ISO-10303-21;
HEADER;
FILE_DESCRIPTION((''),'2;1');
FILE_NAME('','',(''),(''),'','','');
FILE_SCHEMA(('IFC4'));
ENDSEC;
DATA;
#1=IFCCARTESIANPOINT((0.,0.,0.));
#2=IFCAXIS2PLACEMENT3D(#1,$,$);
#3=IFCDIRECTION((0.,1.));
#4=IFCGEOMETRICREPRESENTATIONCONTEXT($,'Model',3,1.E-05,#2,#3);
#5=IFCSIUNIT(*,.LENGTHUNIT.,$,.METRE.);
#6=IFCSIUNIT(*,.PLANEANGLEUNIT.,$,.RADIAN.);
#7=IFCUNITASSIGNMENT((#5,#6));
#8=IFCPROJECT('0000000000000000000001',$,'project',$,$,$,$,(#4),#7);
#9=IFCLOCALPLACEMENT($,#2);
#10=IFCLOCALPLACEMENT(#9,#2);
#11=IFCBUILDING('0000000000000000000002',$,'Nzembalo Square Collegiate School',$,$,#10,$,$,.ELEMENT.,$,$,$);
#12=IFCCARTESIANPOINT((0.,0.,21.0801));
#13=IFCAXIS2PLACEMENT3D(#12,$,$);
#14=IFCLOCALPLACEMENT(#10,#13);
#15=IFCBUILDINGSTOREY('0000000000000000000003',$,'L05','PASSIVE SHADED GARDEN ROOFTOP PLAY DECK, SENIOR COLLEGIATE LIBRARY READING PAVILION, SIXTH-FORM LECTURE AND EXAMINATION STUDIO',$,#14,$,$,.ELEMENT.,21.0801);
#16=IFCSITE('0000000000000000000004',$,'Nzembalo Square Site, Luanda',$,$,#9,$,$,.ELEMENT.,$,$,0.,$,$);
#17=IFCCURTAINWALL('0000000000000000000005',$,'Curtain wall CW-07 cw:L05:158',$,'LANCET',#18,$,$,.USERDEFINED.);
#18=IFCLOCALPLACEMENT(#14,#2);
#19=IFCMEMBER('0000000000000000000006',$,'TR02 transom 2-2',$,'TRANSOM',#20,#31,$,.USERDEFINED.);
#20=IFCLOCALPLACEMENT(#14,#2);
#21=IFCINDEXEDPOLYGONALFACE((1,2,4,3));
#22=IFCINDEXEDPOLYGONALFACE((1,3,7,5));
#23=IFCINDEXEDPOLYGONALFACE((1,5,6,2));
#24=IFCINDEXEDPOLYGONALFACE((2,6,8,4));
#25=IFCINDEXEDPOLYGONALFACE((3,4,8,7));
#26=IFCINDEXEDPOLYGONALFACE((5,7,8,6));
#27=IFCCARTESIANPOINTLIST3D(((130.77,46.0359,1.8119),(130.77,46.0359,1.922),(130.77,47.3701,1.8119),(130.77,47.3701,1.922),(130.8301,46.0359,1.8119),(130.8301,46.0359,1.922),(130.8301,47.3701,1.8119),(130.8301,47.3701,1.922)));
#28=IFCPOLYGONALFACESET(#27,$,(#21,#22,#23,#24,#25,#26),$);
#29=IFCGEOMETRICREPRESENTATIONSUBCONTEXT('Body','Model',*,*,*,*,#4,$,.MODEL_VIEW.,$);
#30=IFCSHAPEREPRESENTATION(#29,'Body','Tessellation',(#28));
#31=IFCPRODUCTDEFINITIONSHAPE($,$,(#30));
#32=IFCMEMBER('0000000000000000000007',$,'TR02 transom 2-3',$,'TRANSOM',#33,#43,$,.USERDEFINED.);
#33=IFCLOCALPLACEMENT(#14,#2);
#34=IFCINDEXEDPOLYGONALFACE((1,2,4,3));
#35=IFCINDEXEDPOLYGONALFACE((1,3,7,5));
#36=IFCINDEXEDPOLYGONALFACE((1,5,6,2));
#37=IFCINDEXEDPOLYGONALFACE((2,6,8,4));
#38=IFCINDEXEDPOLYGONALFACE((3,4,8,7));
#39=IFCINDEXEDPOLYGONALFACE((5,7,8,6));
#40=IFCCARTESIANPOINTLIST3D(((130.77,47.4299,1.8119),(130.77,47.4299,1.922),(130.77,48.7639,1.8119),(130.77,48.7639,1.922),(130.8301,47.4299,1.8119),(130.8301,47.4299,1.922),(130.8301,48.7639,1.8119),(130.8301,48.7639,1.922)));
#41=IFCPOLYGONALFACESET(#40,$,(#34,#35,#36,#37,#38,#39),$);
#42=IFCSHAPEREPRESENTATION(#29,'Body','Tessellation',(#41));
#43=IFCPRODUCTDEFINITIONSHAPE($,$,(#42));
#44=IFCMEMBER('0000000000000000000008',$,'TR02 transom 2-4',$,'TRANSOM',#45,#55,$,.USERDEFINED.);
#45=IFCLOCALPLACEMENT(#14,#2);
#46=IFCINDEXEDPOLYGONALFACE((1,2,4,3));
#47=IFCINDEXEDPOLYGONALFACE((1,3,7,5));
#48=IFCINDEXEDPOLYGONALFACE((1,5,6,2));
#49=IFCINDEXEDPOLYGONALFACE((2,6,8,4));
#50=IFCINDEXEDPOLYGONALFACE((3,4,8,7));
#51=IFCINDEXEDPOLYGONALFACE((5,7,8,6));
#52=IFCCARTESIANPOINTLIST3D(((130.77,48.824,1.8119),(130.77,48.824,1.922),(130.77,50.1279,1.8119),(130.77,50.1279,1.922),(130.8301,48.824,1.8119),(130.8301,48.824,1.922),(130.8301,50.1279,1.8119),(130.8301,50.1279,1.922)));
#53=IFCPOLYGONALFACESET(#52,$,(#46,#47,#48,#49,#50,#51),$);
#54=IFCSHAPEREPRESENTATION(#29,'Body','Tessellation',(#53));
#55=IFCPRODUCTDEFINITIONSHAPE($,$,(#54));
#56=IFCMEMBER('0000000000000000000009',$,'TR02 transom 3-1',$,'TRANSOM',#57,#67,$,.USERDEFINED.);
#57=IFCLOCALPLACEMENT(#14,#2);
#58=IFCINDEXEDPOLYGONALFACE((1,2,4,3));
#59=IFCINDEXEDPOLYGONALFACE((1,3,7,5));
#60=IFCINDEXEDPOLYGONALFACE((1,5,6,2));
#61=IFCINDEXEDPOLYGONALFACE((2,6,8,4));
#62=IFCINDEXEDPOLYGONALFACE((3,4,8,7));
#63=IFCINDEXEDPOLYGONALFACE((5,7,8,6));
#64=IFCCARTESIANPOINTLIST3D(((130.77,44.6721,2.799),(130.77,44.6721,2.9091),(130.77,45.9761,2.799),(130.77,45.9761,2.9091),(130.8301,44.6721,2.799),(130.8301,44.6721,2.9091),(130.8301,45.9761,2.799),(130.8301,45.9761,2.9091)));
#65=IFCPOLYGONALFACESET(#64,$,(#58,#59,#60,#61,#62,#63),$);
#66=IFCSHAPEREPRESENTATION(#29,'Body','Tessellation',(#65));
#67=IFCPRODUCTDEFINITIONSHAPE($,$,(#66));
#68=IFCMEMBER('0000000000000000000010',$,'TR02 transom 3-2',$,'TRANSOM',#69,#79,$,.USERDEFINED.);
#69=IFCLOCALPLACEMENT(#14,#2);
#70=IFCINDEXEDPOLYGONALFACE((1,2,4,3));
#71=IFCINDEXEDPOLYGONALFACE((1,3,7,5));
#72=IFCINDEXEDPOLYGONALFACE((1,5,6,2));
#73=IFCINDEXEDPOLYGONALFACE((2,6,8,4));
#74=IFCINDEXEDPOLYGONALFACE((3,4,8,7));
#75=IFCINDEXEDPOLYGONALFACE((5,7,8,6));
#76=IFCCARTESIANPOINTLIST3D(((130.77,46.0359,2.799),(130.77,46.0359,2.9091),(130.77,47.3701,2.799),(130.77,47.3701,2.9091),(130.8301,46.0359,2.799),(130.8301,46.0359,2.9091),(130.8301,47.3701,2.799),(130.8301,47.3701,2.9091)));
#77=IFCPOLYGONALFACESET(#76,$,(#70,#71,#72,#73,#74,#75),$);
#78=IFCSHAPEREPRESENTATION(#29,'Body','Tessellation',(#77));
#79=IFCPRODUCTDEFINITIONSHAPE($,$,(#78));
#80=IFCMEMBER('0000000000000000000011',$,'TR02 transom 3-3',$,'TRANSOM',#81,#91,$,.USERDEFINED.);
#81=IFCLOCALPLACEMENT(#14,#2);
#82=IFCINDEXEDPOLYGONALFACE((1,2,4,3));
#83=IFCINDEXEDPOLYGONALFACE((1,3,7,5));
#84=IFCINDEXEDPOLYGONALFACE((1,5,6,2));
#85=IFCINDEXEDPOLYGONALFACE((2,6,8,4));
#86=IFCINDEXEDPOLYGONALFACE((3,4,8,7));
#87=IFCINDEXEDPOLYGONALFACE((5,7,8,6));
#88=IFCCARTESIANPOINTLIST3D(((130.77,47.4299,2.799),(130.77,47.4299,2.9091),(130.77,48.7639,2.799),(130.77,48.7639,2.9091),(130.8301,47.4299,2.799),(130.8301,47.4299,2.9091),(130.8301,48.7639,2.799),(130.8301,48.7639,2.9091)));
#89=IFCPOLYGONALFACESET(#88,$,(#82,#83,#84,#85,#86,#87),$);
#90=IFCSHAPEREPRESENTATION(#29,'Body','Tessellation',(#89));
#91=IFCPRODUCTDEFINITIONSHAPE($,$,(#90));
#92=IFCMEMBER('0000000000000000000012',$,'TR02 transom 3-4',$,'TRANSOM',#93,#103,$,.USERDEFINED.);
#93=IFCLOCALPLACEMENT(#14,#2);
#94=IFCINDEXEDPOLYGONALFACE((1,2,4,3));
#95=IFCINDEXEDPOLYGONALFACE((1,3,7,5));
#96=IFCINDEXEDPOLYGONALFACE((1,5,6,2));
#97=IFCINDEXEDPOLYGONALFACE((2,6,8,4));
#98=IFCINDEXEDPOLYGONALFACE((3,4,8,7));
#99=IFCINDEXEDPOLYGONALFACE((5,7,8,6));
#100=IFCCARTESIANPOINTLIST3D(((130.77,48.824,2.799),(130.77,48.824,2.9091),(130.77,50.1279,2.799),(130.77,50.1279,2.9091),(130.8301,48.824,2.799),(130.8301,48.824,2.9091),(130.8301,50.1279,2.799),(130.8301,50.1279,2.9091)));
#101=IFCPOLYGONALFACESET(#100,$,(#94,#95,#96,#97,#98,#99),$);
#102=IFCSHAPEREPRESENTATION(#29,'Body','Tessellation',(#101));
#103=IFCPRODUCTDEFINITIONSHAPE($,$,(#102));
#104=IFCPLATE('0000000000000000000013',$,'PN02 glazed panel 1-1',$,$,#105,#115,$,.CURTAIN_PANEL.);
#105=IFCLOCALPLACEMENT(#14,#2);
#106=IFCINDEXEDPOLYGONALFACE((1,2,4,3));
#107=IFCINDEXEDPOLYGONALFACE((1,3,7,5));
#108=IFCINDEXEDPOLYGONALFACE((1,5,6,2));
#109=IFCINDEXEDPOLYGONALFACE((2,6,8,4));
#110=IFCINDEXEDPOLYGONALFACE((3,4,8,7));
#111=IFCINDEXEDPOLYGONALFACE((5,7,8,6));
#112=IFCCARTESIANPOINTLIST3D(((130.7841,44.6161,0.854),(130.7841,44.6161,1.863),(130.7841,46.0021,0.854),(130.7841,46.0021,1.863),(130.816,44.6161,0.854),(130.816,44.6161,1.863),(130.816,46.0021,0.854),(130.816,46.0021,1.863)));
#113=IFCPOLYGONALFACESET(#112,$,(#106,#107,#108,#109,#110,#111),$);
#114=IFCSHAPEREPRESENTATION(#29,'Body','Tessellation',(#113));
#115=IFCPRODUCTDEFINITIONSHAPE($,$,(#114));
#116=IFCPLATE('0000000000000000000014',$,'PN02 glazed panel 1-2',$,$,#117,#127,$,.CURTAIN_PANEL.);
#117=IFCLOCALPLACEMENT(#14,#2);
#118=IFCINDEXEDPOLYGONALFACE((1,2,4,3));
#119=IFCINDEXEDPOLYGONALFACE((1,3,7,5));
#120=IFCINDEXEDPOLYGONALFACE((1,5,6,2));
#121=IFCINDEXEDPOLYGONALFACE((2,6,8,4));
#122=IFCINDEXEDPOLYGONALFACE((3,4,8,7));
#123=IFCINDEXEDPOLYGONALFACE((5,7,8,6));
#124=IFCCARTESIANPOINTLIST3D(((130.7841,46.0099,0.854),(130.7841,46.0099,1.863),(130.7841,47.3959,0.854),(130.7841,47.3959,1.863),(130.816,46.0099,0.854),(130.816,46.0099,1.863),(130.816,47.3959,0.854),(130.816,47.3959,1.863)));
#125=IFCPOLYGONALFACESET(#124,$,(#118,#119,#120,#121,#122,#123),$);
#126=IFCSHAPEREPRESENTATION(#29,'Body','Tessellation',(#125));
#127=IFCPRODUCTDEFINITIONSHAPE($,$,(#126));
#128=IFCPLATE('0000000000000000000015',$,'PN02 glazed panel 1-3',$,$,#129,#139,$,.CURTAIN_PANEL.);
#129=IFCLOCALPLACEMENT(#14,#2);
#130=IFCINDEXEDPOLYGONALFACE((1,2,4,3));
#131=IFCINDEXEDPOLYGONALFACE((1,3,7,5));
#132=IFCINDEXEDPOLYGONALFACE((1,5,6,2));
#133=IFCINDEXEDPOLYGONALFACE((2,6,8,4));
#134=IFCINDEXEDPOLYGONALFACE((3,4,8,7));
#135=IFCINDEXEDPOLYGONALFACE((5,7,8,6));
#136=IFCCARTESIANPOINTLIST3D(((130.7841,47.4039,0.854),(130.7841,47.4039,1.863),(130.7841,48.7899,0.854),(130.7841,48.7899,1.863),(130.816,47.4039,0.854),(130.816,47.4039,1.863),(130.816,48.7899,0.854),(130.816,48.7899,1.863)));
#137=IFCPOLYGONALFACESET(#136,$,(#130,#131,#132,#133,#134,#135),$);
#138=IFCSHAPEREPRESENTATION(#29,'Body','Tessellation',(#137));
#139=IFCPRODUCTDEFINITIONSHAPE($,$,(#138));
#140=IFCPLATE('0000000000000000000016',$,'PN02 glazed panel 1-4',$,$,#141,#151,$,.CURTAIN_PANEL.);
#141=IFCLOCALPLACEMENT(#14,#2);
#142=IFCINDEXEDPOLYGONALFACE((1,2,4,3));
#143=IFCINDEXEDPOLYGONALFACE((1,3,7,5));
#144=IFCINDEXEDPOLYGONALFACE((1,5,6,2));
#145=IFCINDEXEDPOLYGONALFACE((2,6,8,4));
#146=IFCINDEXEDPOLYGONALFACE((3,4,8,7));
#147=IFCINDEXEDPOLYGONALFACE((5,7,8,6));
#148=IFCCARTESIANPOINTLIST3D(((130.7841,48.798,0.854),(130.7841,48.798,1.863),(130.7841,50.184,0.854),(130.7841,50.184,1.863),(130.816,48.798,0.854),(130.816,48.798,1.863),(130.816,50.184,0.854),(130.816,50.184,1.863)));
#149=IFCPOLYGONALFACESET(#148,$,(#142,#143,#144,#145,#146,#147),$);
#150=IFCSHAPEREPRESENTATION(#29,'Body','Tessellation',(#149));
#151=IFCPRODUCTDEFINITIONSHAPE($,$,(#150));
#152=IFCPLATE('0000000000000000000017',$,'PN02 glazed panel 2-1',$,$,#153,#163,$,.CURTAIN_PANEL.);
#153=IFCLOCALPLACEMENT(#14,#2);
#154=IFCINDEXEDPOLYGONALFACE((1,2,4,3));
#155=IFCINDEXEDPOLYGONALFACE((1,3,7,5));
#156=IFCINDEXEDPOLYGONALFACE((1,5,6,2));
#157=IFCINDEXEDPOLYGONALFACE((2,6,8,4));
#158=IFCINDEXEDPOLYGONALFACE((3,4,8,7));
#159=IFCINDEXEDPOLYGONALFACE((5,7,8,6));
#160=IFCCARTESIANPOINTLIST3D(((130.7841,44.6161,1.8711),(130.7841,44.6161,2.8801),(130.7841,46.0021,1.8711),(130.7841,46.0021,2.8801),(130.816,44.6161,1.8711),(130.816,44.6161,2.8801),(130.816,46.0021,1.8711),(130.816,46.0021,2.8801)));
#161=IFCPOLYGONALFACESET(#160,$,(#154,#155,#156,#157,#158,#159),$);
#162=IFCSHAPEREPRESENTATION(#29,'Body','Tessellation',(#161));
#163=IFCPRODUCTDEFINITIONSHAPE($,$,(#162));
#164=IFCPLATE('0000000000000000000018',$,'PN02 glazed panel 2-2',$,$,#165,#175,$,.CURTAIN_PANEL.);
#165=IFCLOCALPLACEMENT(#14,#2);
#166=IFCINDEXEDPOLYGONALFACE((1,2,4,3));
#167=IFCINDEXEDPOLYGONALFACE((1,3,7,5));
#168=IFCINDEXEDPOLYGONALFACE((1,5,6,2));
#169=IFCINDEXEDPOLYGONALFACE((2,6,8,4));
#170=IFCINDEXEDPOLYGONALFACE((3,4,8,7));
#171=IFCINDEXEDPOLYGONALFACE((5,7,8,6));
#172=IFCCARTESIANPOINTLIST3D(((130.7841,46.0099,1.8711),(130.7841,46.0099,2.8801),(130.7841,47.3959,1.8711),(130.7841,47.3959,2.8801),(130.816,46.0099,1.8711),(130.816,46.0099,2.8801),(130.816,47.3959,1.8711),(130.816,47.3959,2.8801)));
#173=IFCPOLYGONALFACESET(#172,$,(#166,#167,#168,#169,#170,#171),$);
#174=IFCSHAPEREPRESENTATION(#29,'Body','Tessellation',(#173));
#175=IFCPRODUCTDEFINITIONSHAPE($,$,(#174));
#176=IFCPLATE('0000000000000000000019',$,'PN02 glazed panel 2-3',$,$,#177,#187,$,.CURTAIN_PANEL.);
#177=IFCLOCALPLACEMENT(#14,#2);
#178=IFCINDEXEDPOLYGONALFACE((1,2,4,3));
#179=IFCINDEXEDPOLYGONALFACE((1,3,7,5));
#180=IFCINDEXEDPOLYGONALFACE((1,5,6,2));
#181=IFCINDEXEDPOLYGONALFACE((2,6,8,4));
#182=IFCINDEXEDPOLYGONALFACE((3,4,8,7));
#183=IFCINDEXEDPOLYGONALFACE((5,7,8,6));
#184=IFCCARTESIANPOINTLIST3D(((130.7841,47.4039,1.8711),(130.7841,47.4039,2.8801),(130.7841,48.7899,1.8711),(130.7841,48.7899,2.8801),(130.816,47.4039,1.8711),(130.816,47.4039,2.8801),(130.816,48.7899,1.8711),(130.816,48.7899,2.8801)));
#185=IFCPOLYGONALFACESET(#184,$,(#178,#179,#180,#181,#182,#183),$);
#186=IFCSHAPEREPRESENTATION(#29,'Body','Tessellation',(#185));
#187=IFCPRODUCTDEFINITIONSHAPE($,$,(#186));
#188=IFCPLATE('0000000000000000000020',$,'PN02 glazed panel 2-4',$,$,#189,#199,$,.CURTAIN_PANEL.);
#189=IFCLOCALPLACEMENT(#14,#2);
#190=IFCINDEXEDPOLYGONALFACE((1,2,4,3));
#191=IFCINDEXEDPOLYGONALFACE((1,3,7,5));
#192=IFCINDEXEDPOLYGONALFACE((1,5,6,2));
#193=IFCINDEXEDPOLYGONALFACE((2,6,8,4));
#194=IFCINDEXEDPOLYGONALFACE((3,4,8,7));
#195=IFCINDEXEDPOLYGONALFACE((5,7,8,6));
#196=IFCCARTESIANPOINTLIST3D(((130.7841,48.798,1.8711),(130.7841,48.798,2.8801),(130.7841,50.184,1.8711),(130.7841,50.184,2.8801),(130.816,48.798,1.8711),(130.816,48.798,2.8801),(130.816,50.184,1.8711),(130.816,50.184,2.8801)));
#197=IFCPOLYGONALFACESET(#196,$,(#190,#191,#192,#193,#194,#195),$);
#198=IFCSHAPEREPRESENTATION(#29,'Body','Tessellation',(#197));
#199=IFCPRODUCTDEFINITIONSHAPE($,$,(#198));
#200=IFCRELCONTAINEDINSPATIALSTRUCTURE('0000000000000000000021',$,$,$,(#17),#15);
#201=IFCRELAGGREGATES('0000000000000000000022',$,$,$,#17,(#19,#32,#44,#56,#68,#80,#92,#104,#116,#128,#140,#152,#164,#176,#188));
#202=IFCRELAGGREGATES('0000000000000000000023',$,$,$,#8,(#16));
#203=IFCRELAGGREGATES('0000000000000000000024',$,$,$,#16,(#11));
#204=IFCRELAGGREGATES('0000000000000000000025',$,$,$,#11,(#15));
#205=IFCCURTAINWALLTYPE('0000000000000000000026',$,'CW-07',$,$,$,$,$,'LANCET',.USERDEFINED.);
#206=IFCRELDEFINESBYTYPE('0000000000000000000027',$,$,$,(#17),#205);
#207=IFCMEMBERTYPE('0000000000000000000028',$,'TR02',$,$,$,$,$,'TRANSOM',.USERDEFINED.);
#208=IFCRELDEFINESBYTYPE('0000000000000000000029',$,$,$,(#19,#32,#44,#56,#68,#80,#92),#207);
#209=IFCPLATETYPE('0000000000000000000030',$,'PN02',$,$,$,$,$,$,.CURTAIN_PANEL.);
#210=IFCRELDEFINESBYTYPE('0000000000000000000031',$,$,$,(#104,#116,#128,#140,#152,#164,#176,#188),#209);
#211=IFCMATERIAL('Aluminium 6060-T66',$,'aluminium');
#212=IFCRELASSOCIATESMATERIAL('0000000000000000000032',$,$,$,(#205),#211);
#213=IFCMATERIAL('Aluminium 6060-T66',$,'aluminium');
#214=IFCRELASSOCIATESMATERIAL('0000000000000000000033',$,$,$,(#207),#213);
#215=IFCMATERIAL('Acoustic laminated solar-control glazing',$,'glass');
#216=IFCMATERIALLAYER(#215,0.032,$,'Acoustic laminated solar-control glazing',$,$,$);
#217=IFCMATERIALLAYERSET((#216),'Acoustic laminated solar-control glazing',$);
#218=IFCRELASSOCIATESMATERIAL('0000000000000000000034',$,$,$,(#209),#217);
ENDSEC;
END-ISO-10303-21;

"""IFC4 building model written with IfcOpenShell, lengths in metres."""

from ifc_helpers import new_model, si_unit, direction, frame, origin, origin_2d, place, context, subcontext, project, spatial, rectangle, extrude, material, layer, layer_set, material_profile, profile_set, type_object, element, aggregate, save


model = new_model("IFC4")

# Units and contexts
model_context = context("Model", 3, precision=1e-05, world=origin(), true_north=direction((0.0, 1.0)))
body_context = subcontext(model_context, "Body", "Model", "MODEL_VIEW")
ifc_project = project(units=[si_unit("LENGTHUNIT", "METRE"), si_unit("PLANEANGLEUNIT", "RADIAN")], contexts=[model_context])

# Site, building, storey
site_placement = place(None, origin())
site = spatial("IfcSite", under=ifc_project, at=site_placement, Name="Nzembalo Square Site, Luanda", CompositionType="ELEMENT", RefElevation=0.0)
building_placement = place(site_placement, origin())
building = spatial("IfcBuilding", under=site, at=building_placement, Name="Nzembalo Square Collegiate School", CompositionType="ELEMENT")
storey_placement = place(building_placement, frame((0.0, 0.0, 21.0801)))
storey = spatial("IfcBuildingStorey", under=building, at=storey_placement, Name="L05", Description="PASSIVE SHADED GARDEN ROOFTOP PLAY DECK, SENIOR COLLEGIATE LIBRARY READING PAVILION, SIXTH-FORM LECTURE AND EXAMINATION STUDIO", CompositionType="ELEMENT", Elevation=21.0801)

# Curtain wall, members, plates
ifc_material_1 = material(Name="Aluminium 6060-T66", Category="aluminium")
curtain_wall_type_1 = type_object("IfcCurtainWallType", Name="CW-07", ElementType="LANCET", PredefinedType="USERDEFINED", material=ifc_material_1)
curtain_wall_1_placement = place(storey_placement, origin())
curtain_wall_1 = element("IfcCurtainWall", 1, at=curtain_wall_1_placement, inside=storey, type_object=curtain_wall_type_1, Name="Curtain wall CW-07 cw:L05:158", ObjectType="LANCET", PredefinedType="USERDEFINED")
ifc_material_2 = material(Name="Aluminium 6060-T66", Category="aluminium")
ifc_material_profile_1 = material_profile(ifc_material_2, rectangle(XDim=0.0601, YDim=0.1101, at=origin_2d()), Name="ALU T60x110")
ifc_profile_set_1 = profile_set([ifc_material_profile_1], Name="Aluminium 6060-T66")
member_type_1 = type_object("IfcMemberType", Name="TR02", ElementType="TRANSOM", PredefinedType="USERDEFINED", material=ifc_profile_set_1)
member_1_placement = place(storey_placement, frame((130.8, 46.0359, 1.8669), z_axis=(0.0, 1.0, 0.0), x_axis=(-1.0, 0.0, 0.0)))
member_1 = element("IfcMember", 2, at=member_1_placement, type_object=member_type_1, Name="TR02 transom 2-2", ObjectType="TRANSOM", PredefinedType="USERDEFINED", context=body_context, shape_type="SweptSolid", body=[
    extrude(rectangle(XDim=0.0601, YDim=0.1101, at=origin_2d()), origin(), (0.0, 0.0, 1.0), 1.3342),
])
member_2_placement = place(storey_placement, frame((130.8, 47.4299, 1.8669), z_axis=(0.0, 1.0, 0.0), x_axis=(-1.0, 0.0, 0.0)))
member_2 = element("IfcMember", 3, at=member_2_placement, type_object=member_type_1, Name="TR02 transom 2-3", ObjectType="TRANSOM", PredefinedType="USERDEFINED", context=body_context, shape_type="SweptSolid", body=[
    extrude(rectangle(XDim=0.0601, YDim=0.1101, at=origin_2d()), origin(), (0.0, 0.0, 1.0), 1.334),
])
member_3_placement = place(storey_placement, frame((130.8, 48.824, 1.8669), z_axis=(0.0, 1.0, 0.0), x_axis=(-1.0, 0.0, 0.0)))
member_3 = element("IfcMember", 4, at=member_3_placement, type_object=member_type_1, Name="TR02 transom 2-4", ObjectType="TRANSOM", PredefinedType="USERDEFINED", context=body_context, shape_type="SweptSolid", body=[
    extrude(rectangle(XDim=0.0601, YDim=0.1101, at=origin_2d()), origin(), (0.0, 0.0, 1.0), 1.304),
])
member_4_placement = place(storey_placement, frame((130.8, 44.6721, 2.854), z_axis=(0.0, 1.0, 0.0), x_axis=(-1.0, 0.0, 0.0)))
member_4 = element("IfcMember", 5, at=member_4_placement, type_object=member_type_1, Name="TR02 transom 3-1", ObjectType="TRANSOM", PredefinedType="USERDEFINED", context=body_context, shape_type="SweptSolid", body=[
    extrude(rectangle(XDim=0.0601, YDim=0.1101, at=origin_2d()), origin(), (0.0, 0.0, 1.0), 1.304),
])
member_5_placement = place(storey_placement, frame((130.8, 46.0359, 2.854), z_axis=(0.0, 1.0, 0.0), x_axis=(-1.0, 0.0, 0.0)))
member_5 = element("IfcMember", 6, at=member_5_placement, type_object=member_type_1, Name="TR02 transom 3-2", ObjectType="TRANSOM", PredefinedType="USERDEFINED", context=body_context, shape_type="SweptSolid", body=[
    extrude(rectangle(XDim=0.0601, YDim=0.1101, at=origin_2d()), origin(), (0.0, 0.0, 1.0), 1.3342),
])
member_6_placement = place(storey_placement, frame((130.8, 47.4299, 2.854), z_axis=(0.0, 1.0, 0.0), x_axis=(-1.0, 0.0, 0.0)))
member_6 = element("IfcMember", 7, at=member_6_placement, type_object=member_type_1, Name="TR02 transom 3-3", ObjectType="TRANSOM", PredefinedType="USERDEFINED", context=body_context, shape_type="SweptSolid", body=[
    extrude(rectangle(XDim=0.0601, YDim=0.1101, at=origin_2d()), origin(), (0.0, 0.0, 1.0), 1.334),
])
member_7_placement = place(storey_placement, frame((130.8, 48.824, 2.854), z_axis=(0.0, 1.0, 0.0), x_axis=(-1.0, 0.0, 0.0)))
member_7 = element("IfcMember", 8, at=member_7_placement, type_object=member_type_1, Name="TR02 transom 3-4", ObjectType="TRANSOM", PredefinedType="USERDEFINED", context=body_context, shape_type="SweptSolid", body=[
    extrude(rectangle(XDim=0.0601, YDim=0.1101, at=origin_2d()), origin(), (0.0, 0.0, 1.0), 1.304),
])
ifc_material_3 = material(Name="Acoustic laminated solar-control glazing", Category="glass")
ifc_layer_1 = layer(ifc_material_3, 0.032, Name="Acoustic laminated solar-control glazing")
ifc_layer_set_1 = layer_set([ifc_layer_1], Name="Acoustic laminated solar-control glazing")
plate_type = type_object("IfcPlateType", Name="PN02", PredefinedType="CURTAIN_PANEL", material=ifc_layer_set_1)
plate_1_placement = place(storey_placement, frame((130.8, 45.3091, 0.854), z_axis=(0.0, 0.0, 1.0), x_axis=(0.0, 1.0, 0.0)))
plate_1 = element("IfcPlate", 9, at=plate_1_placement, type_object=plate_type, Name="PN02 glazed panel 1-1", PredefinedType="CURTAIN_PANEL", context=body_context, shape_type="SweptSolid", body=[
    extrude(rectangle(XDim=1.386, YDim=0.032, at=origin_2d()), origin(), (0.0, 0.0, 1.0), 1.009),
])
plate_2_placement = place(storey_placement, frame((130.8, 46.7029, 0.854), z_axis=(0.0, 0.0, 1.0), x_axis=(0.0, 1.0, 0.0)))
plate_2 = element("IfcPlate", 10, at=plate_2_placement, type_object=plate_type, Name="PN02 glazed panel 1-2", PredefinedType="CURTAIN_PANEL", context=body_context, shape_type="SweptSolid", body=[
    extrude(rectangle(XDim=1.386, YDim=0.032, at=origin_2d()), origin(), (0.0, 0.0, 1.0), 1.009),
])
plate_3_placement = place(storey_placement, frame((130.8, 48.0969, 0.854), z_axis=(0.0, 0.0, 1.0), x_axis=(0.0, 1.0, 0.0)))
plate_3 = element("IfcPlate", 11, at=plate_3_placement, type_object=plate_type, Name="PN02 glazed panel 1-3", PredefinedType="CURTAIN_PANEL", context=body_context, shape_type="SweptSolid", body=[
    extrude(rectangle(XDim=1.386, YDim=0.032, at=origin_2d()), origin(), (0.0, 0.0, 1.0), 1.009),
])
plate_4_placement = place(storey_placement, frame((130.8, 49.491, 0.854), z_axis=(0.0, 0.0, 1.0), x_axis=(0.0, 1.0, 0.0)))
plate_4 = element("IfcPlate", 12, at=plate_4_placement, type_object=plate_type, Name="PN02 glazed panel 1-4", PredefinedType="CURTAIN_PANEL", context=body_context, shape_type="SweptSolid", body=[
    extrude(rectangle(XDim=1.386, YDim=0.032, at=origin_2d()), origin(), (0.0, 0.0, 1.0), 1.009),
])
plate_5_placement = place(storey_placement, frame((130.8, 45.3091, 1.8711), z_axis=(0.0, 0.0, 1.0), x_axis=(0.0, 1.0, 0.0)))
plate_5 = element("IfcPlate", 13, at=plate_5_placement, type_object=plate_type, Name="PN02 glazed panel 2-1", PredefinedType="CURTAIN_PANEL", context=body_context, shape_type="SweptSolid", body=[
    extrude(rectangle(XDim=1.386, YDim=0.032, at=origin_2d()), origin(), (0.0, 0.0, 1.0), 1.009),
])
plate_6_placement = place(storey_placement, frame((130.8, 46.7029, 1.8711), z_axis=(0.0, 0.0, 1.0), x_axis=(0.0, 1.0, 0.0)))
plate_6 = element("IfcPlate", 14, at=plate_6_placement, type_object=plate_type, Name="PN02 glazed panel 2-2", PredefinedType="CURTAIN_PANEL", context=body_context, shape_type="SweptSolid", body=[
    extrude(rectangle(XDim=1.386, YDim=0.032, at=origin_2d()), origin(), (0.0, 0.0, 1.0), 1.009),
])
plate_7_placement = place(storey_placement, frame((130.8, 48.0969, 1.8711), z_axis=(0.0, 0.0, 1.0), x_axis=(0.0, 1.0, 0.0)))
plate_7 = element("IfcPlate", 15, at=plate_7_placement, type_object=plate_type, Name="PN02 glazed panel 2-3", PredefinedType="CURTAIN_PANEL", context=body_context, shape_type="SweptSolid", body=[
    extrude(rectangle(XDim=1.386, YDim=0.032, at=origin_2d()), origin(), (0.0, 0.0, 1.0), 1.009),
])
plate_8_placement = place(storey_placement, frame((130.8, 49.491, 1.8711), z_axis=(0.0, 0.0, 1.0), x_axis=(0.0, 1.0, 0.0)))
plate_8 = element("IfcPlate", 16, at=plate_8_placement, type_object=plate_type, Name="PN02 glazed panel 2-4", PredefinedType="CURTAIN_PANEL", context=body_context, shape_type="SweptSolid", body=[
    extrude(rectangle(XDim=1.386, YDim=0.032, at=origin_2d()), origin(), (0.0, 0.0, 1.0), 1.009),
])
aggregate(curtain_wall_1, [member_1, member_2, member_3, member_4, member_5, member_6, member_7, plate_1, plate_2, plate_3, plate_4, plate_5, plate_6, plate_7, plate_8])

save(model, "model.ifc")
